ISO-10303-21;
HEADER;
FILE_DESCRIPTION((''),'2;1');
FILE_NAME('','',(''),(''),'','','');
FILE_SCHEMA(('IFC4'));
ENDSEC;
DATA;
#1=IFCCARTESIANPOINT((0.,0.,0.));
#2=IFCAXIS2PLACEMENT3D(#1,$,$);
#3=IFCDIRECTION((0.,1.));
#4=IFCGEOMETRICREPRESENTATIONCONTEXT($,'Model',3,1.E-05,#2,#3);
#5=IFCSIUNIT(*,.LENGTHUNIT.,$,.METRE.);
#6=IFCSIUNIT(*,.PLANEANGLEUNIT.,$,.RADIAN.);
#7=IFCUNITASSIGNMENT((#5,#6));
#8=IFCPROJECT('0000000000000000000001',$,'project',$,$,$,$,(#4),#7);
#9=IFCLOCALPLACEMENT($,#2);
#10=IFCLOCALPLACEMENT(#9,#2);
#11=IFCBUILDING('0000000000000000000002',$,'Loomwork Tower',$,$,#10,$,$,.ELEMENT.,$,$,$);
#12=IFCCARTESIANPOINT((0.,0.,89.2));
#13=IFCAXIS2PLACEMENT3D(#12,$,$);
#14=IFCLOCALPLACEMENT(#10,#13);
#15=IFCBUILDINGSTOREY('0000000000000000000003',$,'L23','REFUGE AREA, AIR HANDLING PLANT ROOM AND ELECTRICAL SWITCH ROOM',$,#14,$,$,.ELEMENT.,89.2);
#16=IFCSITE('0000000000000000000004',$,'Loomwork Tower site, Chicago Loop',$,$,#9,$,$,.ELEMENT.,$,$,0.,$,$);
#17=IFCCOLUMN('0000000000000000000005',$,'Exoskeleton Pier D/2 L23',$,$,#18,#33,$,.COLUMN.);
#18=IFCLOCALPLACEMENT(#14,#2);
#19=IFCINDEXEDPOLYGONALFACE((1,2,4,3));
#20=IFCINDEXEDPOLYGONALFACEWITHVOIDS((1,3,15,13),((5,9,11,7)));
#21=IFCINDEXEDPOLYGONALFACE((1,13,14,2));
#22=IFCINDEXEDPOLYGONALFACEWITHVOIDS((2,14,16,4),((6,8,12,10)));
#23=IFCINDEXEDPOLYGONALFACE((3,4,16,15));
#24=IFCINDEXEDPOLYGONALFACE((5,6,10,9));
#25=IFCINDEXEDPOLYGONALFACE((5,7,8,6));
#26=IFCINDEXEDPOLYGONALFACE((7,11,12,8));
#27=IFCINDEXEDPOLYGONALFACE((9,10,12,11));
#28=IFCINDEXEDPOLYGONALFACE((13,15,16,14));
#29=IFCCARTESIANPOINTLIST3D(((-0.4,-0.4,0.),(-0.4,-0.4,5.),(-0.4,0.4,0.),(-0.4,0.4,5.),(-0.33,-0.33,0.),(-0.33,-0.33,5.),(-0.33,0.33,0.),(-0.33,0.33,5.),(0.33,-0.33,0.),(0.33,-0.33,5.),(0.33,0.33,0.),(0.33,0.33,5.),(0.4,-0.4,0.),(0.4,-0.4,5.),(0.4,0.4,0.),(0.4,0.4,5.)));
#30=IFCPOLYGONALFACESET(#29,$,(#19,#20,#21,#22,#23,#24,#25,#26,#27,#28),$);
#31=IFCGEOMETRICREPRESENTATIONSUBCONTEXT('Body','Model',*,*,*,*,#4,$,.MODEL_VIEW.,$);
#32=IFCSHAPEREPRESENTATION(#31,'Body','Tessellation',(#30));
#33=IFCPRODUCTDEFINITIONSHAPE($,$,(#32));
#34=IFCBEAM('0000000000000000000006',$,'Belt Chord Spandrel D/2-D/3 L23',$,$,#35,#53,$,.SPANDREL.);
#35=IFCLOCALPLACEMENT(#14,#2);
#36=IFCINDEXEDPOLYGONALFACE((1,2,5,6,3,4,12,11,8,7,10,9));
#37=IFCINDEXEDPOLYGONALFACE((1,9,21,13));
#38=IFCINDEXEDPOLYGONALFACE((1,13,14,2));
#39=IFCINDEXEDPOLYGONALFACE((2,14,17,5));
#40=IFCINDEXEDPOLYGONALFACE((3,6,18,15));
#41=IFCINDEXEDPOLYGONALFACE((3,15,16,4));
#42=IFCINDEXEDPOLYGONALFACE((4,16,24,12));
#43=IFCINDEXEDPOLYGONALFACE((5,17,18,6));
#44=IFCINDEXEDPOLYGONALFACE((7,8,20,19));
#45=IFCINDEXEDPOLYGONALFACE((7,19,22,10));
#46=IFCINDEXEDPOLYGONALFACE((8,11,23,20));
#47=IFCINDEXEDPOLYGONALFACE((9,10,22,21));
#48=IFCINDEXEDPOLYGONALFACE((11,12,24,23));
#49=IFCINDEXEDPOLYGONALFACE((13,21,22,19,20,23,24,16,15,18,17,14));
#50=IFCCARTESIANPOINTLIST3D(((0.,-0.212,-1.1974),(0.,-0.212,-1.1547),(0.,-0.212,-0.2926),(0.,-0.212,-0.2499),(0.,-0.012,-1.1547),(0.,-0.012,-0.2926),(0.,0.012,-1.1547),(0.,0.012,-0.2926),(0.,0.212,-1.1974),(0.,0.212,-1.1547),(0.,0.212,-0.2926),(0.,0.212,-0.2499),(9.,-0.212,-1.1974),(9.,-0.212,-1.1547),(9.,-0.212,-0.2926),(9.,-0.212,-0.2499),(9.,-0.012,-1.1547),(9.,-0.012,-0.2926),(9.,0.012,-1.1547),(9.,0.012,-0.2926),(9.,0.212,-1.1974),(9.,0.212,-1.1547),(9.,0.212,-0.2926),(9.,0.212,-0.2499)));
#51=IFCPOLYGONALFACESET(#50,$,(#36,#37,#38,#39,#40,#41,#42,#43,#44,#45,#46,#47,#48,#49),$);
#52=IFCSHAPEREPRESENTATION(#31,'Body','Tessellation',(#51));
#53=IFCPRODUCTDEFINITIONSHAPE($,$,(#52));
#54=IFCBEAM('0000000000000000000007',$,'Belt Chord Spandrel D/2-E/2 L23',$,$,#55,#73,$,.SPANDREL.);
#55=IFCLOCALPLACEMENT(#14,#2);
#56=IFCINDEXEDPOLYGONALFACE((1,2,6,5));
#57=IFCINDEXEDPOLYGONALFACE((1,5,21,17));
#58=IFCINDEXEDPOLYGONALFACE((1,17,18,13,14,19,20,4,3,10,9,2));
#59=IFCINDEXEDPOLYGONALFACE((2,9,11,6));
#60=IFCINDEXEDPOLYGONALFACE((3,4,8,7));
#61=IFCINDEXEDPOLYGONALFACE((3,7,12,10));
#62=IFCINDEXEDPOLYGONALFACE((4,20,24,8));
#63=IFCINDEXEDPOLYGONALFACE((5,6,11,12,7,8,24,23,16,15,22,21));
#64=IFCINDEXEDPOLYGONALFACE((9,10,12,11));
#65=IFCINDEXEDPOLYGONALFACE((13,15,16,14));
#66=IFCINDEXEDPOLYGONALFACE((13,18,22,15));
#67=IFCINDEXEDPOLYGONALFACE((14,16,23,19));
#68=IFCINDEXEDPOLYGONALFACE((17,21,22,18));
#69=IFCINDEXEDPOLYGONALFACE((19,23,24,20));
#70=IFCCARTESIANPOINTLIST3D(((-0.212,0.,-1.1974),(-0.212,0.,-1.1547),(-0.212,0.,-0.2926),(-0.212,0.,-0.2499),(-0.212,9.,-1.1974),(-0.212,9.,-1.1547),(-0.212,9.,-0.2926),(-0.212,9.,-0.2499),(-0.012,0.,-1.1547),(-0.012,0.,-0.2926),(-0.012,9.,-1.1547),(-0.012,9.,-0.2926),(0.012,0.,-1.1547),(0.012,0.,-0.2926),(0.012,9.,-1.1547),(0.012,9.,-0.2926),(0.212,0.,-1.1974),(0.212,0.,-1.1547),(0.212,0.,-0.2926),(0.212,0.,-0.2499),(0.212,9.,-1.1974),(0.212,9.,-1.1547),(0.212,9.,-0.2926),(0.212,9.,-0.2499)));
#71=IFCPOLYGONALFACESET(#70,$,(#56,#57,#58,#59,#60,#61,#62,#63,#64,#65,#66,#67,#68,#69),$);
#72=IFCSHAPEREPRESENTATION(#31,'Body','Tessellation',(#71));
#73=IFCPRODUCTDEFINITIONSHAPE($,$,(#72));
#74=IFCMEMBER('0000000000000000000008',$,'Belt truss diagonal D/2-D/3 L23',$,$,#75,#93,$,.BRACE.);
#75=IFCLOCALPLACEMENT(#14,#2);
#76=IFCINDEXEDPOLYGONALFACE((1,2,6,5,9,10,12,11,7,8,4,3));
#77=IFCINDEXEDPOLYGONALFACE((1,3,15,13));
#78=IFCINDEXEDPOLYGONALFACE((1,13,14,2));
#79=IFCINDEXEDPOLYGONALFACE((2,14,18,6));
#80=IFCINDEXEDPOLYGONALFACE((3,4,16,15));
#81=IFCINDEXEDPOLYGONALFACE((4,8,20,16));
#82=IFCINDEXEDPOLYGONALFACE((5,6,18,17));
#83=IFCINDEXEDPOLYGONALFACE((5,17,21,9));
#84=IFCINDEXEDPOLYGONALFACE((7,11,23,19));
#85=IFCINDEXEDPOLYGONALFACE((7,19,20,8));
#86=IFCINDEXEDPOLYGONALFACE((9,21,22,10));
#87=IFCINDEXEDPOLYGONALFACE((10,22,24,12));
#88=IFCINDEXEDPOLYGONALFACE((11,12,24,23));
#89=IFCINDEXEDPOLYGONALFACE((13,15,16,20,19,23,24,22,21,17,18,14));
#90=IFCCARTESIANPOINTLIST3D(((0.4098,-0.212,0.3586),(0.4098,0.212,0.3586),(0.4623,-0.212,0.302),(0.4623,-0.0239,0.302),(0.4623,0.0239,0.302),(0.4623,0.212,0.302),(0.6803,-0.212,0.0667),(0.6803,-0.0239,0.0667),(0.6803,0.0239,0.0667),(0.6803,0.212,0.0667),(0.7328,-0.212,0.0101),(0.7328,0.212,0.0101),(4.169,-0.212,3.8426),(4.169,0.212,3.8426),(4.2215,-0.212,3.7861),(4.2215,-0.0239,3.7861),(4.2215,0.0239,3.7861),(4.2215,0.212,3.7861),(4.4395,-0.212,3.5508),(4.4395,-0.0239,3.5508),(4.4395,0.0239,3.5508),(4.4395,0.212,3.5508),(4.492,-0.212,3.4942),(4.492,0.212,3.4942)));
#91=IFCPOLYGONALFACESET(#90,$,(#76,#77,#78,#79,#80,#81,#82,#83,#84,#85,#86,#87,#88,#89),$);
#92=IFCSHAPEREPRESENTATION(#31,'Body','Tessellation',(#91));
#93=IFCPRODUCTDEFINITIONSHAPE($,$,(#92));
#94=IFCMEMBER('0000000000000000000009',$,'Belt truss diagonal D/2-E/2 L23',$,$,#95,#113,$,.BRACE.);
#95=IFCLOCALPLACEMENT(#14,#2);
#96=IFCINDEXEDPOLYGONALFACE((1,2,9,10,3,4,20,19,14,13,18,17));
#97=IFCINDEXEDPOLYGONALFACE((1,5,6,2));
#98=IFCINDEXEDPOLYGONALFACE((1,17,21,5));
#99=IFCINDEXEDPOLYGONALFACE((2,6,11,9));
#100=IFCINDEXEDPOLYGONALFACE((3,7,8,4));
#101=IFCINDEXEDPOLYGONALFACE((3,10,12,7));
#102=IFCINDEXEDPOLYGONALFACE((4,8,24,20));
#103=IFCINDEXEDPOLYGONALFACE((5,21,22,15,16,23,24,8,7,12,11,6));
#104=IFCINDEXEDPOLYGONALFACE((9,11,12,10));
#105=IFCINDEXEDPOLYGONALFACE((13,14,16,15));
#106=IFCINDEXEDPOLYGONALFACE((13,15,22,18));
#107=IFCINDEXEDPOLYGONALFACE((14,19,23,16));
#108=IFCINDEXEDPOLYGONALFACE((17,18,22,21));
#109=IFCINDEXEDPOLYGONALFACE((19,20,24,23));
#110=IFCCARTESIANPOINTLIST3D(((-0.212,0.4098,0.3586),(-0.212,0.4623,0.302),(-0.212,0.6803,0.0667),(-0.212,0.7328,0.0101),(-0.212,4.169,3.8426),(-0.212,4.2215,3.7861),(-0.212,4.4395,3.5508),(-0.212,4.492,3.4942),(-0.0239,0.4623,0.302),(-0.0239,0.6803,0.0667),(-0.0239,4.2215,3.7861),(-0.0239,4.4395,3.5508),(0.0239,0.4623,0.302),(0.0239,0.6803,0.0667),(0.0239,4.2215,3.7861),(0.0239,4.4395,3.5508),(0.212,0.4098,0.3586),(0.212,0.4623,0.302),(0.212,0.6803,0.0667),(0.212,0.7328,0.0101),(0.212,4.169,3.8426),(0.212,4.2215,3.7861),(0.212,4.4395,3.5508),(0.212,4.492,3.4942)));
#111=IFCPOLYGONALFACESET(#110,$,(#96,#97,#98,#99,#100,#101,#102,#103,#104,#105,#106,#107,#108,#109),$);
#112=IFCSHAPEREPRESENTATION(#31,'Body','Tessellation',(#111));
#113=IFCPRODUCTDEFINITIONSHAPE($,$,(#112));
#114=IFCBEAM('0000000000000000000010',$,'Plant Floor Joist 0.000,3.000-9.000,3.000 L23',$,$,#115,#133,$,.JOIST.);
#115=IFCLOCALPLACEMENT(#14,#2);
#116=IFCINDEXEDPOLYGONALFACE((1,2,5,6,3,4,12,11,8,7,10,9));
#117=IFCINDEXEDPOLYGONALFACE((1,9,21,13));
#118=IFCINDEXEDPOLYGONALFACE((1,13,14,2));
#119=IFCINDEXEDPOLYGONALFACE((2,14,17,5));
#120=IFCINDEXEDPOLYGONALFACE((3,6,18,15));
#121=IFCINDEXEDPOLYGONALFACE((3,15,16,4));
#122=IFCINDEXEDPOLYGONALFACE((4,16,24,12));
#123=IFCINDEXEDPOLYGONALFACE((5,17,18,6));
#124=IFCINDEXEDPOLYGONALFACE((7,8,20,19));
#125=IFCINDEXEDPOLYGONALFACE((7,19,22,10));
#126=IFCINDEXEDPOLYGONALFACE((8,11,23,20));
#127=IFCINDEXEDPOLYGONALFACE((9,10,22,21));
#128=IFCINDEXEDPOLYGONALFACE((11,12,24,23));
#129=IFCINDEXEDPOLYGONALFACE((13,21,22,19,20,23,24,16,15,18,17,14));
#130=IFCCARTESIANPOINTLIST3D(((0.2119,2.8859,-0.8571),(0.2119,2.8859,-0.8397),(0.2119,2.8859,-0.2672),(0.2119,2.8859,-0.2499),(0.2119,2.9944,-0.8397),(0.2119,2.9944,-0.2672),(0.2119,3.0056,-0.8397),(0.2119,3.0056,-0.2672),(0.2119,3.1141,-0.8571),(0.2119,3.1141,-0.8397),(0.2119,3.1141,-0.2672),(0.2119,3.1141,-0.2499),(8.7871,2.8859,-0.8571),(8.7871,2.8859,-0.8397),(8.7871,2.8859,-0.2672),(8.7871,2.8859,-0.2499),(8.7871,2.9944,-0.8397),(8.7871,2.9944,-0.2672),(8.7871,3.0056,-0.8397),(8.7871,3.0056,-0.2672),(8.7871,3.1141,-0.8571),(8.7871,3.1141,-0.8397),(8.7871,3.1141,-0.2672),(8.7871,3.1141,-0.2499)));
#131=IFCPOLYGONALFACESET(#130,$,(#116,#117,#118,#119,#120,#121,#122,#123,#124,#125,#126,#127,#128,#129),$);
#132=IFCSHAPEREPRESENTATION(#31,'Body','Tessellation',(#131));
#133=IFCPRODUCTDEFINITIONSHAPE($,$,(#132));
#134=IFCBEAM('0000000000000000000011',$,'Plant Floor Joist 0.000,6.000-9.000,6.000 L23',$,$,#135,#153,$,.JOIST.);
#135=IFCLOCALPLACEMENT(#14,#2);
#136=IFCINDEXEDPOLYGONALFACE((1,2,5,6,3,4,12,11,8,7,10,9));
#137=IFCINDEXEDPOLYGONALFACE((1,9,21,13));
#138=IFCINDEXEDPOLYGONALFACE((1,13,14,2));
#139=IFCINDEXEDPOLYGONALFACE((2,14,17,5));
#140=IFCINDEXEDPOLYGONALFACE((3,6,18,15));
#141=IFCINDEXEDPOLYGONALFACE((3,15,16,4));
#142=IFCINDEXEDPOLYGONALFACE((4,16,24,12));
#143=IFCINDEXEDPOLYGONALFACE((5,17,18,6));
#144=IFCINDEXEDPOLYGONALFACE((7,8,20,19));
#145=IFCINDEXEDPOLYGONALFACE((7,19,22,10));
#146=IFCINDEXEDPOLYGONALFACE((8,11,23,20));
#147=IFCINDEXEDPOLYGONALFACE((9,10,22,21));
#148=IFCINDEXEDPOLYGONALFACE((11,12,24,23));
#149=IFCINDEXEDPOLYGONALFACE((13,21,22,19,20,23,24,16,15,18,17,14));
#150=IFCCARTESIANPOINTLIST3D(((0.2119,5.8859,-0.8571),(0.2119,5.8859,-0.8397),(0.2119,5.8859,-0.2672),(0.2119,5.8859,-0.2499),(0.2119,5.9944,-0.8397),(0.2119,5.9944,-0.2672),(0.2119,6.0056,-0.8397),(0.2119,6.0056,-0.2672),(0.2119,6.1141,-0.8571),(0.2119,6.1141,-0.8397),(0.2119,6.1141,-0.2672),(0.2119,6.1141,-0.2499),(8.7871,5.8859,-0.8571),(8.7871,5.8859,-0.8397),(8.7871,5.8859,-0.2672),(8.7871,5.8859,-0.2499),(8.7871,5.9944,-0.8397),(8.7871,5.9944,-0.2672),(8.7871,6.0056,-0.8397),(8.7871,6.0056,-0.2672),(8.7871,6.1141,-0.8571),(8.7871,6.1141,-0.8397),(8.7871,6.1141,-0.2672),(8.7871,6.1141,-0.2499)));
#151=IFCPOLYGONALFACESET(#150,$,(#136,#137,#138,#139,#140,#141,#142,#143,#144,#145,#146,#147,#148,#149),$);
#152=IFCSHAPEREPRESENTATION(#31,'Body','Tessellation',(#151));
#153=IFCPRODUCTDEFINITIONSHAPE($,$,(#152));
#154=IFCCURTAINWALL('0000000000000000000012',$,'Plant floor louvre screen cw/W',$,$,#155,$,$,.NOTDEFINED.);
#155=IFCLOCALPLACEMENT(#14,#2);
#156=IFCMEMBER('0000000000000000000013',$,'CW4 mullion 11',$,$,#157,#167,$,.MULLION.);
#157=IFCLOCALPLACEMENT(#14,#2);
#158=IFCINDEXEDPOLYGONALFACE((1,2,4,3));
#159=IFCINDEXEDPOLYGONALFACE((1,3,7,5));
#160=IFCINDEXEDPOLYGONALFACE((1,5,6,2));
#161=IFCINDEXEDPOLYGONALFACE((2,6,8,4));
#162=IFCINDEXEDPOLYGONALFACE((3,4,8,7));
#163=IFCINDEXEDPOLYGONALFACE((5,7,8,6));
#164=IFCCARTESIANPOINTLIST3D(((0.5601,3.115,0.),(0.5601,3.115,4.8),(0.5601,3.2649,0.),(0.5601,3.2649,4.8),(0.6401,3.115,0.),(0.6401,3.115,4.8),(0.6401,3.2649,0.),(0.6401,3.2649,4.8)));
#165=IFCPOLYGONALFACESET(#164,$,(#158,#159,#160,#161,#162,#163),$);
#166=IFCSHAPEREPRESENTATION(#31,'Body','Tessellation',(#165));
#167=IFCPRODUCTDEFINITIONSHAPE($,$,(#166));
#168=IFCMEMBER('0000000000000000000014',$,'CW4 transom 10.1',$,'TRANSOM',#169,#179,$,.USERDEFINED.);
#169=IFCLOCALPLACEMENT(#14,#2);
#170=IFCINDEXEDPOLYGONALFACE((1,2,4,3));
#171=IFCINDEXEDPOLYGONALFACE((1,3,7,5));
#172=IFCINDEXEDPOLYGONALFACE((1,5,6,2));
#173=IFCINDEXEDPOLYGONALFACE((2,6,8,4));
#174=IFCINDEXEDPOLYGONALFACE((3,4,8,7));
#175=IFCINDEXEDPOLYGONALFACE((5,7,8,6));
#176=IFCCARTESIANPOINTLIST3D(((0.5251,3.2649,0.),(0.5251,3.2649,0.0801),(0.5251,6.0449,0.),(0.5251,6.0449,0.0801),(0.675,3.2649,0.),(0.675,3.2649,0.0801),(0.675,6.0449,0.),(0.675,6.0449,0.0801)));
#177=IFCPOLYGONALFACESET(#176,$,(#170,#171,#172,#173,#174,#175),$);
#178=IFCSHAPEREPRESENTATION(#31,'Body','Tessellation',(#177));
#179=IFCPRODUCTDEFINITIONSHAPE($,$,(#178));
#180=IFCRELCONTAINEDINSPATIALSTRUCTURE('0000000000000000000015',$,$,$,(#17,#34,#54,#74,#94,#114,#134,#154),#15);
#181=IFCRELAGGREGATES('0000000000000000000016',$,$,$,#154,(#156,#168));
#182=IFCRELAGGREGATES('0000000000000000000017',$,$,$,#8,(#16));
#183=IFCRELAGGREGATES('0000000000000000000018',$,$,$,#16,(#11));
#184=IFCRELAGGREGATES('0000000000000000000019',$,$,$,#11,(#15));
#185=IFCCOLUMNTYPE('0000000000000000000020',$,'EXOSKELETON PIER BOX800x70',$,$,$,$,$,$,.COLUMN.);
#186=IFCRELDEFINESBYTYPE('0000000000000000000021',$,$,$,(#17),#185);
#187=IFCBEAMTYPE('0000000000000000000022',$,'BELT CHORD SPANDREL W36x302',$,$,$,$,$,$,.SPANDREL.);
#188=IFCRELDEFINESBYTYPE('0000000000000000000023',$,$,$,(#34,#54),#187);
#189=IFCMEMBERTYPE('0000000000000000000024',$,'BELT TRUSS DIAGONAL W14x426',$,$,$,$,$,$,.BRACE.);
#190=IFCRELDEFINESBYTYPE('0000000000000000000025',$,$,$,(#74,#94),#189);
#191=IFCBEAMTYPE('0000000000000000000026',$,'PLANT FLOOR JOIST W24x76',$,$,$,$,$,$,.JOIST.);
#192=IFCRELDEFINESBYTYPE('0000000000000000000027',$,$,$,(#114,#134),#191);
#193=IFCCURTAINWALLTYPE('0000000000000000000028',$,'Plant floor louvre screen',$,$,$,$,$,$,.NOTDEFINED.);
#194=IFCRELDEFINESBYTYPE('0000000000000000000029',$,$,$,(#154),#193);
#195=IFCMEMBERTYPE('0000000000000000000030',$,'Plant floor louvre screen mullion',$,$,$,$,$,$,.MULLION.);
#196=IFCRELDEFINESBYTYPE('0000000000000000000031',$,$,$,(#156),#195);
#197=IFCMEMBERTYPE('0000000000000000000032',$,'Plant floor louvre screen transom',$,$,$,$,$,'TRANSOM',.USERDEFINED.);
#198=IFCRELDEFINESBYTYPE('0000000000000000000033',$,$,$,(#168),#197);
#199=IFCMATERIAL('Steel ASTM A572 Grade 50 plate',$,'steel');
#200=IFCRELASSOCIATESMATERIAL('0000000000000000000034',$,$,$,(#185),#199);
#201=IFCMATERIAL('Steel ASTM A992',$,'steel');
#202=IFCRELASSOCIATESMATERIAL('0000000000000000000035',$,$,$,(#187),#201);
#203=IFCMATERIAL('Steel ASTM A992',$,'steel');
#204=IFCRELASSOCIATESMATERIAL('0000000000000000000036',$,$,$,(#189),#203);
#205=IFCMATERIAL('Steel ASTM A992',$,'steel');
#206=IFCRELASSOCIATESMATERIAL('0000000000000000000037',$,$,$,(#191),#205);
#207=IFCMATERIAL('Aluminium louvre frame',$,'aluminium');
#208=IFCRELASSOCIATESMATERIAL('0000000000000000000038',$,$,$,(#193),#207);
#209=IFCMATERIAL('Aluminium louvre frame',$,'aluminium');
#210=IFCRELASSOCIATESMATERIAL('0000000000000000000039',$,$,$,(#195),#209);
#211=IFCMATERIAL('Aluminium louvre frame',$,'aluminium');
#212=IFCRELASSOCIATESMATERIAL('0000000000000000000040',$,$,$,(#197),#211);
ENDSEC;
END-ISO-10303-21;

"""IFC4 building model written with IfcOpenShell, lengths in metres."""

from ifc_helpers import new_model, si_unit, direction, frame, origin, origin_with_axes, origin_2d, place, context, subcontext, project, spatial, rectangle, hollow_rectangle, i_section, extrude, material, material_profile, profile_set, type_object, element, aggregate, save


model = new_model("IFC4")

# Units and contexts
model_context = context("Model", 3, precision=1e-05, world=origin(), true_north=direction((0.0, 1.0)))
body_context = subcontext(model_context, "Body", "Model", "MODEL_VIEW")
ifc_project = project(units=[si_unit("LENGTHUNIT", "METRE"), si_unit("PLANEANGLEUNIT", "RADIAN")], contexts=[model_context])

# Site, building, storey
site_placement = place(None, origin())
site = spatial("IfcSite", under=ifc_project, at=site_placement, Name="Loomwork Tower site, Chicago Loop", CompositionType="ELEMENT", RefElevation=0.0)
building_placement = place(site_placement, origin())
building = spatial("IfcBuilding", under=site, at=building_placement, Name="Loomwork Tower", CompositionType="ELEMENT")
storey_placement = place(building_placement, frame((0.0, 0.0, 89.2)))
storey = spatial("IfcBuildingStorey", under=building, at=storey_placement, Name="L23", Description="REFUGE AREA, AIR HANDLING PLANT ROOM AND ELECTRICAL SWITCH ROOM", CompositionType="ELEMENT", Elevation=89.2)

# Column
ifc_material_1 = material(Name="Steel ASTM A572 Grade 50 plate", Category="steel")
ifc_material_profile_1 = material_profile(ifc_material_1, hollow_rectangle(XDim=0.8, YDim=0.8, WallThickness=0.0701, at=origin_2d()), Name="BOX800x70")
ifc_profile_set_1 = profile_set([ifc_material_profile_1], Name="Steel ASTM A572 Grade 50 plate")
column_type = type_object("IfcColumnType", Name="EXOSKELETON PIER BOX800x70", PredefinedType="COLUMN", material=ifc_profile_set_1)
column_placement = place(storey_placement, origin_with_axes())
element("IfcColumn", 1, at=column_placement, inside=storey, type_object=column_type, Name="Exoskeleton Pier D/2 L23", PredefinedType="COLUMN", context=body_context, shape_type="SweptSolid", body=[
    extrude(hollow_rectangle(XDim=0.8, YDim=0.8, WallThickness=0.0701, at=origin_2d()), origin(), (0.0, 0.0, 1.0), 5.0),
])

# Beams
ifc_material_2 = material(Name="Steel ASTM A992", Category="steel")
ifc_material_profile_2 = material_profile(ifc_material_2, i_section(OverallWidth=0.4241, OverallDepth=0.9475, WebThickness=0.0239, FlangeThickness=0.0427, at=origin_2d()), Name="W36x302")
ifc_profile_set_2 = profile_set([ifc_material_profile_2], Name="Steel ASTM A992")
beam_type_1 = type_object("IfcBeamType", Name="BELT CHORD SPANDREL W36x302", PredefinedType="SPANDREL", material=ifc_profile_set_2)
for number, where, z_axis, x_axis, name in (
    (2, (0.0, 0.0, -0.7236), (1.0, 0.0, 0.0), (0.0, 1.0, 0.0), "Belt Chord Spandrel D/2-D/3 L23"),
    (3, (0.0, 0.0, -0.7236), (0.0, 1.0, 0.0), (-1.0, 0.0, 0.0), "Belt Chord Spandrel D/2-E/2 L23"),
):
    element("IfcBeam", number, at=place(storey_placement, frame(where, z_axis=z_axis, x_axis=x_axis)), inside=storey, type_object=beam_type_1, Name=name, PredefinedType="SPANDREL", context=body_context, shape_type="SweptSolid", body=[
        extrude(i_section(OverallWidth=0.4241, OverallDepth=0.9475, WebThickness=0.0239, FlangeThickness=0.0427, at=origin_2d()), origin(), (0.0, 0.0, 1.0), 9.0),
    ])

# Members
ifc_material_3 = material(Name="Steel ASTM A992", Category="steel")
ifc_material_profile_3 = material_profile(ifc_material_3, i_section(OverallWidth=0.4241, OverallDepth=0.4751, WebThickness=0.0479, FlangeThickness=0.0771, at=origin_2d()), Name="W14x426")
ifc_profile_set_3 = profile_set([ifc_material_profile_3], Name="Steel ASTM A992")
member_type_1 = type_object("IfcMemberType", Name="BELT TRUSS DIAGONAL W14x426", PredefinedType="BRACE", material=ifc_profile_set_3)
for number, where, z_axis, x_axis, name in (
    (4, (0.5713, 0.0, 0.1843), (0.733438, 0.0, 0.679757), (0.0, 1.0, 0.0), "Belt truss diagonal D/2-D/3 L23"),
    (5, (0.0, 0.5713, 0.1843), (0.0, 0.733438, 0.679757), (-1.0, 0.0, 0.0), "Belt truss diagonal D/2-E/2 L23"),
):
    element("IfcMember", number, at=place(storey_placement, frame(where, z_axis=z_axis, x_axis=x_axis)), inside=storey, type_object=member_type_1, Name=name, PredefinedType="BRACE", context=body_context, shape_type="SweptSolid", body=[
        extrude(i_section(OverallWidth=0.4241, OverallDepth=0.4751, WebThickness=0.0479, FlangeThickness=0.0771, at=origin_2d()), origin(), (0.0, 0.0, 1.0), 5.1255),
    ])

# Beams
ifc_material_4 = material(Name="Steel ASTM A992", Category="steel")
ifc_material_profile_4 = material_profile(ifc_material_4, i_section(OverallWidth=0.2283, OverallDepth=0.6072, WebThickness=0.0112, FlangeThickness=0.0173, at=origin_2d()), Name="W24x76")
ifc_profile_set_4 = profile_set([ifc_material_profile_4], Name="Steel ASTM A992")
beam_type_2 = type_object("IfcBeamType", Name="PLANT FLOOR JOIST W24x76", PredefinedType="JOIST", material=ifc_profile_set_4)
for number, where, z_axis, x_axis, name in (
    (6, (0.2119, 3.0, -0.5535), (1.0, 0.0, 0.0), (0.0, 1.0, 0.0), "Plant Floor Joist 0.000,3.000-9.000,3.000 L23"),
    (7, (0.2119, 6.0, -0.5535), (1.0, 0.0, 0.0), (0.0, 1.0, 0.0), "Plant Floor Joist 0.000,6.000-9.000,6.000 L23"),
):
    element("IfcBeam", number, at=place(storey_placement, frame(where, z_axis=z_axis, x_axis=x_axis)), inside=storey, type_object=beam_type_2, Name=name, PredefinedType="JOIST", context=body_context, shape_type="SweptSolid", body=[
        extrude(i_section(OverallWidth=0.2283, OverallDepth=0.6072, WebThickness=0.0112, FlangeThickness=0.0173, at=origin_2d()), origin(), (0.0, 0.0, 1.0), 8.5752),
    ])

# Curtain wall, members
ifc_material_5 = material(Name="Aluminium louvre frame", Category="aluminium")
curtain_wall_type = type_object("IfcCurtainWallType", Name="Plant floor louvre screen", PredefinedType="NOTDEFINED", material=ifc_material_5)
curtain_wall_placement = place(storey_placement, origin())
curtain_wall = element("IfcCurtainWall", 8, at=curtain_wall_placement, inside=storey, type_object=curtain_wall_type, Name="Plant floor louvre screen cw/W", PredefinedType="NOTDEFINED")
ifc_material_6 = material(Name="Aluminium louvre frame", Category="aluminium")
ifc_material_profile_5 = material_profile(ifc_material_6, rectangle(XDim=0.0801, YDim=0.1499, at=origin_2d()), Name="AL 80x150")
ifc_profile_set_5 = profile_set([ifc_material_profile_5], Name="Aluminium louvre frame")
member_type_2 = type_object("IfcMemberType", Name="Plant floor louvre screen mullion", PredefinedType="MULLION", material=ifc_profile_set_5)
member_1_placement = place(storey_placement, frame((0.6001, 3.1899, 0.0), z_axis=(0.0, 0.0, 1.0), x_axis=(1.0, 0.0, 0.0)))
member_1 = element("IfcMember", 9, at=member_1_placement, type_object=member_type_2, Name="CW4 mullion 11", PredefinedType="MULLION", context=body_context, shape_type="SweptSolid", body=[
    extrude(rectangle(XDim=0.0801, YDim=0.1499, at=origin_2d()), origin(), (0.0, 0.0, 1.0), 4.8),
])
ifc_material_7 = material(Name="Aluminium louvre frame", Category="aluminium")
ifc_material_profile_6 = material_profile(ifc_material_7, rectangle(XDim=0.1499, YDim=0.0801, at=origin_2d()), Name="AL 80x150")
ifc_profile_set_6 = profile_set([ifc_material_profile_6], Name="Aluminium louvre frame")
member_type_3 = type_object("IfcMemberType", Name="Plant floor louvre screen transom", ElementType="TRANSOM", PredefinedType="USERDEFINED", material=ifc_profile_set_6)
member_2_placement = place(storey_placement, frame((0.6001, 6.0449, 0.04), z_axis=(0.0, -1.0, 0.0), x_axis=(1.0, 0.0, 0.0)))
member_2 = element("IfcMember", 10, at=member_2_placement, type_object=member_type_3, Name="CW4 transom 10.1", ObjectType="TRANSOM", PredefinedType="USERDEFINED", context=body_context, shape_type="SweptSolid", body=[
    extrude(rectangle(XDim=0.1499, YDim=0.0801, at=origin_2d()), origin(), (0.0, 0.0, 1.0), 2.78),
])

aggregate(curtain_wall, [member_1, member_2])

save(model, "model.ifc")
